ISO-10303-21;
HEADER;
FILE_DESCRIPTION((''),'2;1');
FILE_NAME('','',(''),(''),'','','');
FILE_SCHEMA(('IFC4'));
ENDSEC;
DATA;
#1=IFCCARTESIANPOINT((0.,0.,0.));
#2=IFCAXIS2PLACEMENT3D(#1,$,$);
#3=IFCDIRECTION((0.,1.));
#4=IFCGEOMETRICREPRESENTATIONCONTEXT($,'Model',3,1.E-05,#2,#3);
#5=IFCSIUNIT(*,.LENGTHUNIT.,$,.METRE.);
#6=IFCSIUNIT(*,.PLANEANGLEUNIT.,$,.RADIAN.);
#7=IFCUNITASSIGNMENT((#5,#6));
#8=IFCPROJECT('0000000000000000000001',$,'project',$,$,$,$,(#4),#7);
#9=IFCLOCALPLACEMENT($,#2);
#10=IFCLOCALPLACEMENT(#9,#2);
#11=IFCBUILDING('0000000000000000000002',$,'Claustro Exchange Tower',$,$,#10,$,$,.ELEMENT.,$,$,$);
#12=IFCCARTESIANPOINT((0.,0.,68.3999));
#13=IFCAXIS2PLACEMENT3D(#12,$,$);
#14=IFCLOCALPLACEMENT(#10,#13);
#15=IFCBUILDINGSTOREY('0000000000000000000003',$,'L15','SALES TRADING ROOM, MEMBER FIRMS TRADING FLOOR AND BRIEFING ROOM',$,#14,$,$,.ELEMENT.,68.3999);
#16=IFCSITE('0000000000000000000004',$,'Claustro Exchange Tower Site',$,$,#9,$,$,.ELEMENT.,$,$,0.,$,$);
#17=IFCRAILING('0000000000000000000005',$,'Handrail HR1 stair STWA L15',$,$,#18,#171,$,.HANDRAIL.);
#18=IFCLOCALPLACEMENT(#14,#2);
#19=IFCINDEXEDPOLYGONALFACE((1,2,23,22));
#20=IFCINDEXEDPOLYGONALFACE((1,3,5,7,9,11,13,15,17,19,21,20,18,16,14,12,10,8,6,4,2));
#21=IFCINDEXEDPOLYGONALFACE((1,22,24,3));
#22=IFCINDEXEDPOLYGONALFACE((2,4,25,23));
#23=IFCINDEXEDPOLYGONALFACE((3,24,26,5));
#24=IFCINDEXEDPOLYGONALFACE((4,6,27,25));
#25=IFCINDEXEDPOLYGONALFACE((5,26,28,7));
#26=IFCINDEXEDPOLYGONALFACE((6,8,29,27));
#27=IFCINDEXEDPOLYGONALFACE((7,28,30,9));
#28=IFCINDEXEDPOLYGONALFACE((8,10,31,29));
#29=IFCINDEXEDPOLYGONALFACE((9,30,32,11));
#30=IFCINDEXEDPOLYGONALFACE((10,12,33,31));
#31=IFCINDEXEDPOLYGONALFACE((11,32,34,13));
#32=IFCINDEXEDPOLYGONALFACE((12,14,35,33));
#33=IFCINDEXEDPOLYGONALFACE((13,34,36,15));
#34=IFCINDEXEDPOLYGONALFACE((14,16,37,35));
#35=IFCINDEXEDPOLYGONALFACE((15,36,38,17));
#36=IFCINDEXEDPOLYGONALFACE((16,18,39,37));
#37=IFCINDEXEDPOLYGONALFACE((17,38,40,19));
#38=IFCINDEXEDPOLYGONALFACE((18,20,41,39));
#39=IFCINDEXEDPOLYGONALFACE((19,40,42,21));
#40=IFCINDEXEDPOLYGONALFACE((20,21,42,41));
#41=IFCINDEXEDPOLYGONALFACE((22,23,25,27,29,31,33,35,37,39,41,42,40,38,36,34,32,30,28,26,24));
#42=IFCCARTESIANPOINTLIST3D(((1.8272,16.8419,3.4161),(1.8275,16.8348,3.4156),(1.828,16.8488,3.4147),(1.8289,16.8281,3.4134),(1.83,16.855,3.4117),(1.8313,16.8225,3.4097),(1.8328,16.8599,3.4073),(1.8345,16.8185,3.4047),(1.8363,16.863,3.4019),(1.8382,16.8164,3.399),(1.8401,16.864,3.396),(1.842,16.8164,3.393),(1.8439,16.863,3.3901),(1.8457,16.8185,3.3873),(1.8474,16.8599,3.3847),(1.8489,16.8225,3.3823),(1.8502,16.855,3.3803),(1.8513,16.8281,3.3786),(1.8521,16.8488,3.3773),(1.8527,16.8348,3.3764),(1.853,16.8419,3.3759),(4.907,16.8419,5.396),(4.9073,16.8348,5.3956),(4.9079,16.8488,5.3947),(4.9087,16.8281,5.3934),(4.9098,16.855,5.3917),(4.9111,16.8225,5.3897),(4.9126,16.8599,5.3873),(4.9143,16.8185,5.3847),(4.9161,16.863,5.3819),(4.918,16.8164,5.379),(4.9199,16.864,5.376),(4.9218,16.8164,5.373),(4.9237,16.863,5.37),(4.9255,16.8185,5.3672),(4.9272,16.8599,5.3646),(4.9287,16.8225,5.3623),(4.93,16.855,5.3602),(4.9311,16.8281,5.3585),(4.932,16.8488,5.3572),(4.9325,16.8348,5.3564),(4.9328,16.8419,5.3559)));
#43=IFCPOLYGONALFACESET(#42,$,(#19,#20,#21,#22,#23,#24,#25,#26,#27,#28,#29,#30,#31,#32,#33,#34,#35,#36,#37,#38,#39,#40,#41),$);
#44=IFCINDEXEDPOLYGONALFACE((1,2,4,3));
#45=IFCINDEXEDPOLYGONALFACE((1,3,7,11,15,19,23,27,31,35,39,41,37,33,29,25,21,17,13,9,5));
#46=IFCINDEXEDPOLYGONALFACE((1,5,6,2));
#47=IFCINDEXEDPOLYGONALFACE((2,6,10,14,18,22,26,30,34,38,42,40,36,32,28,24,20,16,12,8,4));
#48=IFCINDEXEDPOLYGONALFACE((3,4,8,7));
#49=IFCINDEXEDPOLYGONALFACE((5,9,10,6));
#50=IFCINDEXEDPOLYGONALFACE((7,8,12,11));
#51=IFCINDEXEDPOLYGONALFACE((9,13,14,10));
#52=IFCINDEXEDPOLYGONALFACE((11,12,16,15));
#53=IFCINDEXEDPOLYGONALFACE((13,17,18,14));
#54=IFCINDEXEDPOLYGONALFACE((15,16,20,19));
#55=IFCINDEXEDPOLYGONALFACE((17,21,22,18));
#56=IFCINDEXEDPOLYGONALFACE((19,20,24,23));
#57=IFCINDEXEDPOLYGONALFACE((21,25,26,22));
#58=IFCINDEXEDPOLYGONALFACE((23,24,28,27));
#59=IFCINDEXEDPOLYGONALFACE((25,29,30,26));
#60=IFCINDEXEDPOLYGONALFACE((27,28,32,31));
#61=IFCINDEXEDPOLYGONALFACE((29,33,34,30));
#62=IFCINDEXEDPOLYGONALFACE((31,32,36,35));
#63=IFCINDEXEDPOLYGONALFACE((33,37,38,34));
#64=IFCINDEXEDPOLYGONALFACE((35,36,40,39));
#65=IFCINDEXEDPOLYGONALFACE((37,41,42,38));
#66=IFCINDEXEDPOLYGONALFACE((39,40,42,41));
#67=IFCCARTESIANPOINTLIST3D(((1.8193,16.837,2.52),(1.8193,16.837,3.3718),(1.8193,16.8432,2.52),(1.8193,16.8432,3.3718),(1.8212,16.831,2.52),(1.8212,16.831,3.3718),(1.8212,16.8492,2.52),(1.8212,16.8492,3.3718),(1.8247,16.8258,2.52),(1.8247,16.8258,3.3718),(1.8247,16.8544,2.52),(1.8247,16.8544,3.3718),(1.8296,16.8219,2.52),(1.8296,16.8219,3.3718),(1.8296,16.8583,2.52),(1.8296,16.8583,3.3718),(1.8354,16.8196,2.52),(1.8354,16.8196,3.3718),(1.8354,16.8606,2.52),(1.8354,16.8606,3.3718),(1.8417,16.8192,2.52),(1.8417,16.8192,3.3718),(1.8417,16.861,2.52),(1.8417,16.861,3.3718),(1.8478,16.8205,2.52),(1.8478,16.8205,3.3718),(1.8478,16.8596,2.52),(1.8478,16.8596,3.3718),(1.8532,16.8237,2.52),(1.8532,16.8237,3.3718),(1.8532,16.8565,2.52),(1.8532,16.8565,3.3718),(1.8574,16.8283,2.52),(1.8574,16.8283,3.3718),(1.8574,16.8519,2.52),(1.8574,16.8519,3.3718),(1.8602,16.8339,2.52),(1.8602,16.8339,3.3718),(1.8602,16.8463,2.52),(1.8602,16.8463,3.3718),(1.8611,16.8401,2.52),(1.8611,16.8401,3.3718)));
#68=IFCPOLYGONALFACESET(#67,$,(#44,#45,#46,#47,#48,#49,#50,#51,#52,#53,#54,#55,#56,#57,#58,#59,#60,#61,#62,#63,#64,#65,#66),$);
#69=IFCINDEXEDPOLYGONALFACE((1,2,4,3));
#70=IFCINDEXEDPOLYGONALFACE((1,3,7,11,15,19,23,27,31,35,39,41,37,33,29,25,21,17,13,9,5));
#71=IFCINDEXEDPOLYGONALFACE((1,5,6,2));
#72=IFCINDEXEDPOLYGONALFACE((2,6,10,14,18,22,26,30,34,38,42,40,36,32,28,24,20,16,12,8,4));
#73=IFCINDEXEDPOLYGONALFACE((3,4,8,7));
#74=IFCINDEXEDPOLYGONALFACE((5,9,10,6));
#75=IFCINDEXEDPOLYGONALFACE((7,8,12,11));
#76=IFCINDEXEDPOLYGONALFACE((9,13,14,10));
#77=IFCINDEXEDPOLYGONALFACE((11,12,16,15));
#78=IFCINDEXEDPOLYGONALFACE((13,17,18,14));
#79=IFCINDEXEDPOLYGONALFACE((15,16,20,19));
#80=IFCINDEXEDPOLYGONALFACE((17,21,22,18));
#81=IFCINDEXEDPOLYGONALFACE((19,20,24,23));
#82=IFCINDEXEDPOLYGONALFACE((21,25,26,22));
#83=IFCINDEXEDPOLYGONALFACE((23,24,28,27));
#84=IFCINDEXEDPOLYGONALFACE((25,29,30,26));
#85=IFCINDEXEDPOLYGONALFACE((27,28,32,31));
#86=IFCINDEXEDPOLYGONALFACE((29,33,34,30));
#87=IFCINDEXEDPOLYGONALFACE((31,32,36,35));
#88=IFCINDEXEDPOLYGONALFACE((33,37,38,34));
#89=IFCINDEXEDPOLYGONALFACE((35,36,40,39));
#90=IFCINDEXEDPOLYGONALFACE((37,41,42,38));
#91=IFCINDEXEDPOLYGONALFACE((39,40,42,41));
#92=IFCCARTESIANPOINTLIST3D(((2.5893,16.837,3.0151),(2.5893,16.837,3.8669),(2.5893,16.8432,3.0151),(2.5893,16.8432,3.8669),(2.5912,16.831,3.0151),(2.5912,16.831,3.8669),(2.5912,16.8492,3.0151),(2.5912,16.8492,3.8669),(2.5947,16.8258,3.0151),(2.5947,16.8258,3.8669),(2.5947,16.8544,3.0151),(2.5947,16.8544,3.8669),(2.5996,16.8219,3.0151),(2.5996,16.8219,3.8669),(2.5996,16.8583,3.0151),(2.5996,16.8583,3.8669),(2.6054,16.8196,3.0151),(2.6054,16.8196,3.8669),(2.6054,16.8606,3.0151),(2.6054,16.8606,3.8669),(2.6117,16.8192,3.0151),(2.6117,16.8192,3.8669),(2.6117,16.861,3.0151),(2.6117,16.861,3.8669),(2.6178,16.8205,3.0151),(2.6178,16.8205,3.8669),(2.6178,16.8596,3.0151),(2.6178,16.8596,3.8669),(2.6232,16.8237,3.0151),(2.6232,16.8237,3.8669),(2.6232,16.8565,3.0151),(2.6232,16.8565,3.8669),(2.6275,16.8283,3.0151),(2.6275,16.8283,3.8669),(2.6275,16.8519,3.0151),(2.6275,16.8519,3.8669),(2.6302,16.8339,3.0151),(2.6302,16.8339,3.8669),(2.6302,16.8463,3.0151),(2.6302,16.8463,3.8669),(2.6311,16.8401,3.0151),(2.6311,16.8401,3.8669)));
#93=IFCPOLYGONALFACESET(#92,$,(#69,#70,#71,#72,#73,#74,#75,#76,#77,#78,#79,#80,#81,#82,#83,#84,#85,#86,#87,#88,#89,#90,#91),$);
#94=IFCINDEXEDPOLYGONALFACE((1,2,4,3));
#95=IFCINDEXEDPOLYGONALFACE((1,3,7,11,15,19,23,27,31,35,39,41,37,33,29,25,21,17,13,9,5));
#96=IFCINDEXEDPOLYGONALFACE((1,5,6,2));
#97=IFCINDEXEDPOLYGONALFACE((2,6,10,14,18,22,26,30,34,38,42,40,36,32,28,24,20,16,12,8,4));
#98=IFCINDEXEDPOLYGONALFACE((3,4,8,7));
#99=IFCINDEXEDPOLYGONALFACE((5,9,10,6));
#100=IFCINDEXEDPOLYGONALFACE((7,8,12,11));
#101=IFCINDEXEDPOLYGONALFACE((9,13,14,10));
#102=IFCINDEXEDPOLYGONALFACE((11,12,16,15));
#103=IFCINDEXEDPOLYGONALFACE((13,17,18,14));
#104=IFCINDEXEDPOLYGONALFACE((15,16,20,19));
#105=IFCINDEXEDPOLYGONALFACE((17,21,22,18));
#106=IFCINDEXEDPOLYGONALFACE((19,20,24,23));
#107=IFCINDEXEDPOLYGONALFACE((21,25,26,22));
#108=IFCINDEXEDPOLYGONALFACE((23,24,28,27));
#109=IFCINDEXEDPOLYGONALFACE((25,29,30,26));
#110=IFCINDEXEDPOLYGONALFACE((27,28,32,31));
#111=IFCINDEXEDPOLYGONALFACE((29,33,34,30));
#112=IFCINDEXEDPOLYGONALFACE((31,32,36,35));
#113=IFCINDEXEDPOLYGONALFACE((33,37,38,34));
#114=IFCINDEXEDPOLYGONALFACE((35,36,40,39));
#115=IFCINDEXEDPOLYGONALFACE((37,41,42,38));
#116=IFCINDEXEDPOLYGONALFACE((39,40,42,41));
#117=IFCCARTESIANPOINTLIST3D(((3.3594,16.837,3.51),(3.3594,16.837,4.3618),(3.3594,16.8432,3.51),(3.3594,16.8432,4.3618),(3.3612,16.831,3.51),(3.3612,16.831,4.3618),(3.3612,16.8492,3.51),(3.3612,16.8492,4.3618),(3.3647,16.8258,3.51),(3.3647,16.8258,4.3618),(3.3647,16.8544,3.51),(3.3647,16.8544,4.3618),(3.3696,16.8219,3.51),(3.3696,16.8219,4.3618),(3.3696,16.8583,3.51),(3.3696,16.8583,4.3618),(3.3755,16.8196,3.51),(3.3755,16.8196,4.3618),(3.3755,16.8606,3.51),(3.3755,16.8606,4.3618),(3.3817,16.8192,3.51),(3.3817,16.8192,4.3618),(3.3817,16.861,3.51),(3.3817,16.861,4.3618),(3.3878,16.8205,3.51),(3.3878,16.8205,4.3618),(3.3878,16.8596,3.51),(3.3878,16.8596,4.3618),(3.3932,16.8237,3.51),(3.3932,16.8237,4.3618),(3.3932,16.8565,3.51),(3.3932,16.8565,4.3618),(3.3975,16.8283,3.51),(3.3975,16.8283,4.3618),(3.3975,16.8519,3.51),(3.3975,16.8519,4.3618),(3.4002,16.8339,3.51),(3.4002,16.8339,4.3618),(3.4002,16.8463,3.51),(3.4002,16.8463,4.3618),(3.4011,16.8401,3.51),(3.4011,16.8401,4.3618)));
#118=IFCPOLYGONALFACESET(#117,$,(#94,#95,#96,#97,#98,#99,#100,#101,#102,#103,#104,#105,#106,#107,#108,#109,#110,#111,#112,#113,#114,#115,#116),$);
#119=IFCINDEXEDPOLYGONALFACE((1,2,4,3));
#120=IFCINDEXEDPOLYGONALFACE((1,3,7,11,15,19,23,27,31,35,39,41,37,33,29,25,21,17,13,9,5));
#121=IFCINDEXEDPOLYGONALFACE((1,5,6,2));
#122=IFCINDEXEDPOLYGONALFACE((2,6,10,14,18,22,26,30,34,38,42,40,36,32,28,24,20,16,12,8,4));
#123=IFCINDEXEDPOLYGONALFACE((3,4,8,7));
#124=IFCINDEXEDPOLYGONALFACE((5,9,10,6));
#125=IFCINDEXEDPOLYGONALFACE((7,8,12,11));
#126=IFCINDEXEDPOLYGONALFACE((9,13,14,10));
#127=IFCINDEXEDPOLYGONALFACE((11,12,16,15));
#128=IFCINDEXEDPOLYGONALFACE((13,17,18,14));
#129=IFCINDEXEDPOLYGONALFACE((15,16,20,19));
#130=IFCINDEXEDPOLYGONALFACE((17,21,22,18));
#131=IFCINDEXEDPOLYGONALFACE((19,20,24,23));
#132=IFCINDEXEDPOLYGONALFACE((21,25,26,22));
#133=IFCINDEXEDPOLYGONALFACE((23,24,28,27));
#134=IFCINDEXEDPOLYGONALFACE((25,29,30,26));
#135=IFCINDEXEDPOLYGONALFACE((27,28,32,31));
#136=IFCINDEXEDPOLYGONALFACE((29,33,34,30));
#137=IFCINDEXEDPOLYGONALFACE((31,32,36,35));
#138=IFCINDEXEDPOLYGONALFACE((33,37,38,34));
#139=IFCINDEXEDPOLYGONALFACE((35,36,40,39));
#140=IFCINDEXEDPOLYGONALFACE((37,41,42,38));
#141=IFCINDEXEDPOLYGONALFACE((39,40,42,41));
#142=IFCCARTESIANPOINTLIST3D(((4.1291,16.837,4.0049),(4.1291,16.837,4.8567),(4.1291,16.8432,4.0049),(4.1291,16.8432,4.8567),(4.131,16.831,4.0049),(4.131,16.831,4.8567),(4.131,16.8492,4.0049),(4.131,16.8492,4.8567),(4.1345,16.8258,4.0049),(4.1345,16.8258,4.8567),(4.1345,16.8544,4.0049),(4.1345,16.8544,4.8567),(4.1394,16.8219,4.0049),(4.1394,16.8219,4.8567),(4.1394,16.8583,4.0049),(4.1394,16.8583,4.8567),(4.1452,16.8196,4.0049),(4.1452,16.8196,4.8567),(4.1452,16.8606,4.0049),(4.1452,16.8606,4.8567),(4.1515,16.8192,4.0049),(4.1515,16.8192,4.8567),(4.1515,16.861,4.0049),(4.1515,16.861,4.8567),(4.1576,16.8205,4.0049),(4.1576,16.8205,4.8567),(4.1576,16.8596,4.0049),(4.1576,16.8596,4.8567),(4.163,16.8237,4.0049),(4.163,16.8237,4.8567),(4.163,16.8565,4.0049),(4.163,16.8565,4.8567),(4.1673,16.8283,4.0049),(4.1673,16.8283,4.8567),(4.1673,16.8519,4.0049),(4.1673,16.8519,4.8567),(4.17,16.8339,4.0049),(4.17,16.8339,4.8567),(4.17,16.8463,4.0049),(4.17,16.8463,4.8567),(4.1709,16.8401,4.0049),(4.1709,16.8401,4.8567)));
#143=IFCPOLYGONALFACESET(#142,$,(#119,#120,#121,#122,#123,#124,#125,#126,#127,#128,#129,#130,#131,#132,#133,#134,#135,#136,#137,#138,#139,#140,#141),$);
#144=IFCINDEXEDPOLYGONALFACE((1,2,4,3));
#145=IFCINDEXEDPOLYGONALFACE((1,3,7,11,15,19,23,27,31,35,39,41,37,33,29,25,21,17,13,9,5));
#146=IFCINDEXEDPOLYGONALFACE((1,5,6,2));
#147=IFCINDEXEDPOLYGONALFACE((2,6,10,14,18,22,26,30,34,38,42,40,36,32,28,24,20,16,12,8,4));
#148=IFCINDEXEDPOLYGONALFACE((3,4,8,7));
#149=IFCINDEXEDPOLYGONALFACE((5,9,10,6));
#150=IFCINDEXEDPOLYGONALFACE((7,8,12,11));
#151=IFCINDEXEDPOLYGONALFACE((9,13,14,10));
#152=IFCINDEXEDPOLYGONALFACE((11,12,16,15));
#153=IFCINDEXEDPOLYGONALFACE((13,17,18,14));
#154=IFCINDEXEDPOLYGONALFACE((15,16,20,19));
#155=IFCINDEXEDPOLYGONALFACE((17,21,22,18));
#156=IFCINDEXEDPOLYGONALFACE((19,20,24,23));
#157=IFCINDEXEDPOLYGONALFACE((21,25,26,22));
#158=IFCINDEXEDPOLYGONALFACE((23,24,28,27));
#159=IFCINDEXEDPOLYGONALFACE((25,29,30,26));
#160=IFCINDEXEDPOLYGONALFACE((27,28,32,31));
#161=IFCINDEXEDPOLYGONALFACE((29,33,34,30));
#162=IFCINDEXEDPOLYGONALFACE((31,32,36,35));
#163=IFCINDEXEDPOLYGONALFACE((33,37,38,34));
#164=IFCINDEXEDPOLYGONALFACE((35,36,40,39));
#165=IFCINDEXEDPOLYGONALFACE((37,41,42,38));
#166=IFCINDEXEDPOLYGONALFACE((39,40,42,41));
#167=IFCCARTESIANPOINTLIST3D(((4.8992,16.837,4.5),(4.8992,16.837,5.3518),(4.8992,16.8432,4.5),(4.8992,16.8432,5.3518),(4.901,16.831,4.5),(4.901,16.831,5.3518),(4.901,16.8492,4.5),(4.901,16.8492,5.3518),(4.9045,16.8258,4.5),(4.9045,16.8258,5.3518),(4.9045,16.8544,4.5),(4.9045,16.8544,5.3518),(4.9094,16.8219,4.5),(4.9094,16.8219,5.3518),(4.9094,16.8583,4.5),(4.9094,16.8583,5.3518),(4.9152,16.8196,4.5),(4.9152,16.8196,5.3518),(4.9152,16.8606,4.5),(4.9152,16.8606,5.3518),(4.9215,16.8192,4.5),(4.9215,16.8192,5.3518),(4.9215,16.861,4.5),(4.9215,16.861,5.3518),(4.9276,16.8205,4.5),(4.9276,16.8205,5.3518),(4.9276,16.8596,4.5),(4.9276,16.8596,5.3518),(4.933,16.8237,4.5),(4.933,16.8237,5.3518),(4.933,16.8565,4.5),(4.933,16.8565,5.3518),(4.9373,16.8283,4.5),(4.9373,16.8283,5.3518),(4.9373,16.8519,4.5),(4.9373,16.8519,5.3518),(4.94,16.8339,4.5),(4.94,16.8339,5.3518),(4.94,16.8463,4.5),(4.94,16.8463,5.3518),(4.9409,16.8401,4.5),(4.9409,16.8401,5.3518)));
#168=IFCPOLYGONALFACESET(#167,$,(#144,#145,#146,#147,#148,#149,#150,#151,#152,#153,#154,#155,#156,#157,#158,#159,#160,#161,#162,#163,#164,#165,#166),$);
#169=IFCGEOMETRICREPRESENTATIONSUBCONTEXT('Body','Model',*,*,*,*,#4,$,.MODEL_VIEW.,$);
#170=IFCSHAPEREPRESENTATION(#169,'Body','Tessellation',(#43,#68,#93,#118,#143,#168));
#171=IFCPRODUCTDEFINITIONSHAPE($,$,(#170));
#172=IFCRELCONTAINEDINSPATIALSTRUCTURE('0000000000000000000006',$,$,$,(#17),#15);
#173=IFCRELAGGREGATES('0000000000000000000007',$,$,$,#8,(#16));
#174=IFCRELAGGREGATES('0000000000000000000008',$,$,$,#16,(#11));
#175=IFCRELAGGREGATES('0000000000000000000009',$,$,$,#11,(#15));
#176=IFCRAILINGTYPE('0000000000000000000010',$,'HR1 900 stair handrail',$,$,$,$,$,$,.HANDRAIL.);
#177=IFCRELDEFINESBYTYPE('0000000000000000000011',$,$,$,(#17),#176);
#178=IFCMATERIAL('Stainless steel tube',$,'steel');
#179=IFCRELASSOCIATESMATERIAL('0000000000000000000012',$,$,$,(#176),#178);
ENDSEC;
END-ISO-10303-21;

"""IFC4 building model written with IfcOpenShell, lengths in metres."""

from ifc_helpers import new_model, si_unit, direction, frame, origin, origin_2d, place, context, subcontext, project, spatial, circle, extrude, material, type_object, element, save


model = new_model("IFC4")

# Units and contexts
model_context = context("Model", 3, precision=1e-05, world=origin(), true_north=direction((0.0, 1.0)))
body_context = subcontext(model_context, "Body", "Model", "MODEL_VIEW")
ifc_project = project(units=[si_unit("LENGTHUNIT", "METRE"), si_unit("PLANEANGLEUNIT", "RADIAN")], contexts=[model_context])

# Site, building, storey
site_placement = place(None, origin())
site = spatial("IfcSite", under=ifc_project, at=site_placement, Name="Claustro Exchange Tower Site", CompositionType="ELEMENT", RefElevation=0.0)
building_placement = place(site_placement, origin())
building = spatial("IfcBuilding", under=site, at=building_placement, Name="Claustro Exchange Tower", CompositionType="ELEMENT")
storey_placement = place(building_placement, frame((0.0, 0.0, 68.3999)))
storey = spatial("IfcBuildingStorey", under=building, at=storey_placement, Name="L15", Description="SALES TRADING ROOM, MEMBER FIRMS TRADING FLOOR AND BRIEFING ROOM", CompositionType="ELEMENT", Elevation=68.3999)

# Railing
ifc_material_1 = material(Name="Stainless steel tube", Category="steel")
railing_type_1 = type_object("IfcRailingType", Name="HR1 900 stair handrail", PredefinedType="HANDRAIL", material=ifc_material_1)
railing_1_placement = place(storey_placement, frame((1.8401, 16.8401, 2.52)))
element("IfcRailing", 1, at=railing_1_placement, inside=storey, type_object=railing_type_1, Name="Handrail HR1 stair STWA L15", PredefinedType="HANDRAIL", context=body_context, shape_type="SweptSolid", body=[
    extrude(circle(Radius=0.0239, at=origin_2d()), frame((0.0, 0.0, 0.876), z_axis=(0.841168, 0.0, 0.540774), x_axis=(0.0, 1.0, 0.0)), (0.0, 0.0, 1.0), 3.6614),
    extrude(circle(Radius=0.021, at=origin_2d()), origin(), (0.0, 0.0, 1.0), 0.8518),
    extrude(circle(Radius=0.021, at=origin_2d()), frame((0.77, 0.0, 0.4951)), (0.0, 0.0, 1.0), 0.8518),
    extrude(circle(Radius=0.021, at=origin_2d()), frame((1.54, 0.0, 0.99)), (0.0, 0.0, 1.0), 0.8518),
    extrude(circle(Radius=0.021, at=origin_2d()), frame((2.3098, 0.0, 1.4849)), (0.0, 0.0, 1.0), 0.8518),
    extrude(circle(Radius=0.021, at=origin_2d()), frame((3.0798, 0.0, 1.98)), (0.0, 0.0, 1.0), 0.8518),
])

save(model, "model.ifc")
